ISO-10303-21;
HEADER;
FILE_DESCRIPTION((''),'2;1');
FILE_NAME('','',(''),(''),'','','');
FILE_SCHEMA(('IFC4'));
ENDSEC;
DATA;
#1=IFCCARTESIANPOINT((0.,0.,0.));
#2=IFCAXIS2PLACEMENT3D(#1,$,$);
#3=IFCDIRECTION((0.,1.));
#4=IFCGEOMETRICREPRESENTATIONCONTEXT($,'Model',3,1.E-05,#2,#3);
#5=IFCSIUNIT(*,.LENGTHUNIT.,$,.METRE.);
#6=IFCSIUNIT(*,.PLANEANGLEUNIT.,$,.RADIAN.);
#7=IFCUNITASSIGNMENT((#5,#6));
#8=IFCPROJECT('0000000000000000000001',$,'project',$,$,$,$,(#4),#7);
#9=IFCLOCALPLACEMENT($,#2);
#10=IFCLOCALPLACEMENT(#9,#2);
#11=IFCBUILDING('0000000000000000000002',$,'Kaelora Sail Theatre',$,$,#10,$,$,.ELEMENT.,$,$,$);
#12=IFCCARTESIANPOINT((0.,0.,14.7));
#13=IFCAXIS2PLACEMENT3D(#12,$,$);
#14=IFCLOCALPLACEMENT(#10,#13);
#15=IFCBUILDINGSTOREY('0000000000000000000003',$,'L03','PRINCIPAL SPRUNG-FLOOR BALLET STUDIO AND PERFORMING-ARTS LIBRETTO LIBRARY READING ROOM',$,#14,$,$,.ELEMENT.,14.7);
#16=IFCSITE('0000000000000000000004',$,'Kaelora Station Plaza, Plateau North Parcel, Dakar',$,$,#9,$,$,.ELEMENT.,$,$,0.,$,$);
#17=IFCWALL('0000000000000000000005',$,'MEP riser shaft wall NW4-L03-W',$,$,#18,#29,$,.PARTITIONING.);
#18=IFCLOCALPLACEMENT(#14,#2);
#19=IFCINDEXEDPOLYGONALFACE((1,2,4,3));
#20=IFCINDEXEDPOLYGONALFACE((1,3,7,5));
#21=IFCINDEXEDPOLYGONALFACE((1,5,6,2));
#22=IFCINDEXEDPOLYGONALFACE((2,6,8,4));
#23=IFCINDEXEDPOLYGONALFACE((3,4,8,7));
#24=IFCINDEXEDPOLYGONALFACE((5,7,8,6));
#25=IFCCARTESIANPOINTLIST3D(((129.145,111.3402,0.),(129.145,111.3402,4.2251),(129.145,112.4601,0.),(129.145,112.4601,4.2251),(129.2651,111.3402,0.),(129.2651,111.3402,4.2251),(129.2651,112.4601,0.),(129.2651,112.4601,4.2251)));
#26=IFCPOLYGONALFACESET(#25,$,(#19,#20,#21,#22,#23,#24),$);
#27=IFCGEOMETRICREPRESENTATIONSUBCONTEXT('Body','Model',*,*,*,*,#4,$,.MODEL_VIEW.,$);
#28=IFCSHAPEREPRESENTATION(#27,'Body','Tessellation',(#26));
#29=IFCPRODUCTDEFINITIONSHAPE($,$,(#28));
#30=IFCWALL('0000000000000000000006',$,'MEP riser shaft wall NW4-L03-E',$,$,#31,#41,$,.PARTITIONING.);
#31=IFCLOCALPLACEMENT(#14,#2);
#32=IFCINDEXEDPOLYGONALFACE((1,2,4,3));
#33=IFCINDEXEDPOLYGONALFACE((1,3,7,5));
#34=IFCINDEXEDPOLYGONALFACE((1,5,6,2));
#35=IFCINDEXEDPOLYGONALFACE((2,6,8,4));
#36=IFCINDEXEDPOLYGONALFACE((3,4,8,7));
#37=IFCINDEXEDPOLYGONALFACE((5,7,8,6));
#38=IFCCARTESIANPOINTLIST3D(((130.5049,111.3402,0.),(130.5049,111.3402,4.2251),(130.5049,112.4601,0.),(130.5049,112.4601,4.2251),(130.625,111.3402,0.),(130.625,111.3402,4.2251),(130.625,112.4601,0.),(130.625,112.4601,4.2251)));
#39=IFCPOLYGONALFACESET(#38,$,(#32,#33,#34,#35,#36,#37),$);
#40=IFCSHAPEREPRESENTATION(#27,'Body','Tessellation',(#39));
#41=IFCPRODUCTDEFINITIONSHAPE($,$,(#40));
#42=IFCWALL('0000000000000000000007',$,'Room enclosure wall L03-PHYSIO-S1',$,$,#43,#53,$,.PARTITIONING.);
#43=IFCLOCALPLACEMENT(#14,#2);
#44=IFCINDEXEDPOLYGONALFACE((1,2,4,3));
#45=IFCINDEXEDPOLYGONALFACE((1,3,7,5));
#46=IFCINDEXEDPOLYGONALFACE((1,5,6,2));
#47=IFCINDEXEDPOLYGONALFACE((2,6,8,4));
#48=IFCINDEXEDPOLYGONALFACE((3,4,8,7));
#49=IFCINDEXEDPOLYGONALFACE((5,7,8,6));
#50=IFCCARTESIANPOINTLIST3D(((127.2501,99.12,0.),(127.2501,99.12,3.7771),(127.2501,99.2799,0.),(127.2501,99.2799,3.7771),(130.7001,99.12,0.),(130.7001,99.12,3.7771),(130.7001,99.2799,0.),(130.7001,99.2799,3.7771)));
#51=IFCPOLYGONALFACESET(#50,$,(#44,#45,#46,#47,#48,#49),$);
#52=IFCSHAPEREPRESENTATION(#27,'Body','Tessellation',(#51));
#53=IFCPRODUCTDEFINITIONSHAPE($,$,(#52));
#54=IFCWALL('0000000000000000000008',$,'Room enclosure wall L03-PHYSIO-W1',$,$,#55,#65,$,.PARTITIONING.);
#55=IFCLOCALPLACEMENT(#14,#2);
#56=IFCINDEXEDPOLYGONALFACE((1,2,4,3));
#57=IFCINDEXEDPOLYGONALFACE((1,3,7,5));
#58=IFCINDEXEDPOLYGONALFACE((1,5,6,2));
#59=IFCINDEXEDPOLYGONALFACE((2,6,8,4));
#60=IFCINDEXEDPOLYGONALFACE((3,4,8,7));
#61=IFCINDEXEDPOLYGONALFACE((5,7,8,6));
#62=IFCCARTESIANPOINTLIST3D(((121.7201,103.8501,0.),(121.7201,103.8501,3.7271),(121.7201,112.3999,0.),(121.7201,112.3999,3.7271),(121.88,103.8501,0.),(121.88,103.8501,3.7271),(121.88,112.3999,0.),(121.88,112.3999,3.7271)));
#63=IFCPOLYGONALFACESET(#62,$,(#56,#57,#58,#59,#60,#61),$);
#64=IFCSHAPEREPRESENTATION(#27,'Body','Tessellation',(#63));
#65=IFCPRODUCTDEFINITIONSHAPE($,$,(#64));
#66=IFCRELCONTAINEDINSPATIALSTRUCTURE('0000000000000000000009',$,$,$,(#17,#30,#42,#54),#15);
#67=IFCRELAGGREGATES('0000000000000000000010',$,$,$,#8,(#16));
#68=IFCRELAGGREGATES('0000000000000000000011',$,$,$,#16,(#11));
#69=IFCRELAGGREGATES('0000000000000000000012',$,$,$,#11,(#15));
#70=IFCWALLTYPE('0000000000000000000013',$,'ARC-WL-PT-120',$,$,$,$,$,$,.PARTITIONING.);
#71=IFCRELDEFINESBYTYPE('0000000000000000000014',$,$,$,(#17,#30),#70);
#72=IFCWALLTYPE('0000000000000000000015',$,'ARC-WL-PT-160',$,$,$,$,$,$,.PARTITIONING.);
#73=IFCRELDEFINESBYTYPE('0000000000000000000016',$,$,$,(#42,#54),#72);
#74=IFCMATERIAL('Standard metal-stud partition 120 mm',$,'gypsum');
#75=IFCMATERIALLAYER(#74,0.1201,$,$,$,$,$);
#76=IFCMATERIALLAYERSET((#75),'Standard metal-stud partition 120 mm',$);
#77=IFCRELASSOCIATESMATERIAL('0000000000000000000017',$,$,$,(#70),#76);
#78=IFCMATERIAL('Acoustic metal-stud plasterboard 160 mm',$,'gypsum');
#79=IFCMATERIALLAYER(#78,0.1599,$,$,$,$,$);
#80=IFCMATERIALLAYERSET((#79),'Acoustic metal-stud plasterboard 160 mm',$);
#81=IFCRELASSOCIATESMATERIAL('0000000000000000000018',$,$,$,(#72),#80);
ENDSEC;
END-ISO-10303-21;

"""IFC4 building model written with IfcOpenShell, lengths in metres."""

from ifc_helpers import new_model, si_unit, direction, frame, frame_2d, origin, place, context, subcontext, project, spatial, rectangle, extrude, material, layer, layer_set, type_object, element, save


model = new_model("IFC4")

# Units and contexts
model_context = context("Model", 3, precision=1e-05, world=origin(), true_north=direction((0.0, 1.0)))
body_context = subcontext(model_context, "Body", "Model", "MODEL_VIEW")
ifc_project = project(units=[si_unit("LENGTHUNIT", "METRE"), si_unit("PLANEANGLEUNIT", "RADIAN")], contexts=[model_context])

# Site, building, storey
site_placement = place(None, origin())
site = spatial("IfcSite", under=ifc_project, at=site_placement, Name="Kaelora Station Plaza, Plateau North Parcel, Dakar", CompositionType="ELEMENT", RefElevation=0.0)
building_placement = place(site_placement, origin())
building = spatial("IfcBuilding", under=site, at=building_placement, Name="Kaelora Sail Theatre", CompositionType="ELEMENT")
storey_placement = place(building_placement, frame((0.0, 0.0, 14.7)))
storey = spatial("IfcBuildingStorey", under=building, at=storey_placement, Name="L03", Description="PRINCIPAL SPRUNG-FLOOR BALLET STUDIO AND PERFORMING-ARTS LIBRETTO LIBRARY READING ROOM", CompositionType="ELEMENT", Elevation=14.7)

# Walls
ifc_material_1 = material(Name="Standard metal-stud partition 120 mm", Category="gypsum")
ifc_layer_1 = layer(ifc_material_1, 0.1201)
ifc_layer_set_1 = layer_set([ifc_layer_1], Name="Standard metal-stud partition 120 mm")
wall_type_1 = type_object("IfcWallType", Name="ARC-WL-PT-120", PredefinedType="PARTITIONING", material=ifc_layer_set_1)
for number, where, z_axis, x_axis, name in (
    (1, (129.2051, 111.3401, 0.0), (0.0, 0.0, 1.0), (0.0, 1.0, 0.0), "MEP riser shaft wall NW4-L03-W"),
    (2, (130.5649, 111.3401, 0.0), (0.0, 0.0, 1.0), (0.0, 1.0, 0.0), "MEP riser shaft wall NW4-L03-E"),
):
    element("IfcWall", number, at=place(storey_placement, frame(where, z_axis=z_axis, x_axis=x_axis)), inside=storey, type_object=wall_type_1, Name=name, PredefinedType="PARTITIONING", context=body_context, shape_type="SweptSolid", body=[
        extrude(rectangle(XDim=1.1199, YDim=0.1201, at=frame_2d((0.5601, 0.0))), origin(), (0.0, 0.0, 1.0), 4.2251),
    ])
ifc_material_2 = material(Name="Acoustic metal-stud plasterboard 160 mm", Category="gypsum")
ifc_layer_2 = layer(ifc_material_2, 0.1599)
ifc_layer_set_2 = layer_set([ifc_layer_2], Name="Acoustic metal-stud plasterboard 160 mm")
wall_type_2 = type_object("IfcWallType", Name="ARC-WL-PT-160", PredefinedType="PARTITIONING", material=ifc_layer_set_2)
wall_1_placement = place(storey_placement, frame((127.25, 99.2, 0.0), z_axis=(0.0, 0.0, 1.0), x_axis=(1.0, 0.0, 0.0)))
element("IfcWall", 3, at=wall_1_placement, inside=storey, type_object=wall_type_2, Name="Room enclosure wall L03-PHYSIO-S1", PredefinedType="PARTITIONING", context=body_context, shape_type="SweptSolid", body=[
    extrude(rectangle(XDim=3.45, YDim=0.1599, at=frame_2d((1.7251, 0.0))), origin(), (0.0, 0.0, 1.0), 3.7771),
])
wall_2_placement = place(storey_placement, frame((121.8, 103.8501, 0.0), z_axis=(0.0, 0.0, 1.0), x_axis=(0.0, 1.0, 0.0)))
element("IfcWall", 4, at=wall_2_placement, inside=storey, type_object=wall_type_2, Name="Room enclosure wall L03-PHYSIO-W1", PredefinedType="PARTITIONING", context=body_context, shape_type="SweptSolid", body=[
    extrude(rectangle(XDim=8.5498, YDim=0.1599, at=frame_2d((4.2749, 0.0))), origin(), (0.0, 0.0, 1.0), 3.7271),
])

save(model, "model.ifc")
